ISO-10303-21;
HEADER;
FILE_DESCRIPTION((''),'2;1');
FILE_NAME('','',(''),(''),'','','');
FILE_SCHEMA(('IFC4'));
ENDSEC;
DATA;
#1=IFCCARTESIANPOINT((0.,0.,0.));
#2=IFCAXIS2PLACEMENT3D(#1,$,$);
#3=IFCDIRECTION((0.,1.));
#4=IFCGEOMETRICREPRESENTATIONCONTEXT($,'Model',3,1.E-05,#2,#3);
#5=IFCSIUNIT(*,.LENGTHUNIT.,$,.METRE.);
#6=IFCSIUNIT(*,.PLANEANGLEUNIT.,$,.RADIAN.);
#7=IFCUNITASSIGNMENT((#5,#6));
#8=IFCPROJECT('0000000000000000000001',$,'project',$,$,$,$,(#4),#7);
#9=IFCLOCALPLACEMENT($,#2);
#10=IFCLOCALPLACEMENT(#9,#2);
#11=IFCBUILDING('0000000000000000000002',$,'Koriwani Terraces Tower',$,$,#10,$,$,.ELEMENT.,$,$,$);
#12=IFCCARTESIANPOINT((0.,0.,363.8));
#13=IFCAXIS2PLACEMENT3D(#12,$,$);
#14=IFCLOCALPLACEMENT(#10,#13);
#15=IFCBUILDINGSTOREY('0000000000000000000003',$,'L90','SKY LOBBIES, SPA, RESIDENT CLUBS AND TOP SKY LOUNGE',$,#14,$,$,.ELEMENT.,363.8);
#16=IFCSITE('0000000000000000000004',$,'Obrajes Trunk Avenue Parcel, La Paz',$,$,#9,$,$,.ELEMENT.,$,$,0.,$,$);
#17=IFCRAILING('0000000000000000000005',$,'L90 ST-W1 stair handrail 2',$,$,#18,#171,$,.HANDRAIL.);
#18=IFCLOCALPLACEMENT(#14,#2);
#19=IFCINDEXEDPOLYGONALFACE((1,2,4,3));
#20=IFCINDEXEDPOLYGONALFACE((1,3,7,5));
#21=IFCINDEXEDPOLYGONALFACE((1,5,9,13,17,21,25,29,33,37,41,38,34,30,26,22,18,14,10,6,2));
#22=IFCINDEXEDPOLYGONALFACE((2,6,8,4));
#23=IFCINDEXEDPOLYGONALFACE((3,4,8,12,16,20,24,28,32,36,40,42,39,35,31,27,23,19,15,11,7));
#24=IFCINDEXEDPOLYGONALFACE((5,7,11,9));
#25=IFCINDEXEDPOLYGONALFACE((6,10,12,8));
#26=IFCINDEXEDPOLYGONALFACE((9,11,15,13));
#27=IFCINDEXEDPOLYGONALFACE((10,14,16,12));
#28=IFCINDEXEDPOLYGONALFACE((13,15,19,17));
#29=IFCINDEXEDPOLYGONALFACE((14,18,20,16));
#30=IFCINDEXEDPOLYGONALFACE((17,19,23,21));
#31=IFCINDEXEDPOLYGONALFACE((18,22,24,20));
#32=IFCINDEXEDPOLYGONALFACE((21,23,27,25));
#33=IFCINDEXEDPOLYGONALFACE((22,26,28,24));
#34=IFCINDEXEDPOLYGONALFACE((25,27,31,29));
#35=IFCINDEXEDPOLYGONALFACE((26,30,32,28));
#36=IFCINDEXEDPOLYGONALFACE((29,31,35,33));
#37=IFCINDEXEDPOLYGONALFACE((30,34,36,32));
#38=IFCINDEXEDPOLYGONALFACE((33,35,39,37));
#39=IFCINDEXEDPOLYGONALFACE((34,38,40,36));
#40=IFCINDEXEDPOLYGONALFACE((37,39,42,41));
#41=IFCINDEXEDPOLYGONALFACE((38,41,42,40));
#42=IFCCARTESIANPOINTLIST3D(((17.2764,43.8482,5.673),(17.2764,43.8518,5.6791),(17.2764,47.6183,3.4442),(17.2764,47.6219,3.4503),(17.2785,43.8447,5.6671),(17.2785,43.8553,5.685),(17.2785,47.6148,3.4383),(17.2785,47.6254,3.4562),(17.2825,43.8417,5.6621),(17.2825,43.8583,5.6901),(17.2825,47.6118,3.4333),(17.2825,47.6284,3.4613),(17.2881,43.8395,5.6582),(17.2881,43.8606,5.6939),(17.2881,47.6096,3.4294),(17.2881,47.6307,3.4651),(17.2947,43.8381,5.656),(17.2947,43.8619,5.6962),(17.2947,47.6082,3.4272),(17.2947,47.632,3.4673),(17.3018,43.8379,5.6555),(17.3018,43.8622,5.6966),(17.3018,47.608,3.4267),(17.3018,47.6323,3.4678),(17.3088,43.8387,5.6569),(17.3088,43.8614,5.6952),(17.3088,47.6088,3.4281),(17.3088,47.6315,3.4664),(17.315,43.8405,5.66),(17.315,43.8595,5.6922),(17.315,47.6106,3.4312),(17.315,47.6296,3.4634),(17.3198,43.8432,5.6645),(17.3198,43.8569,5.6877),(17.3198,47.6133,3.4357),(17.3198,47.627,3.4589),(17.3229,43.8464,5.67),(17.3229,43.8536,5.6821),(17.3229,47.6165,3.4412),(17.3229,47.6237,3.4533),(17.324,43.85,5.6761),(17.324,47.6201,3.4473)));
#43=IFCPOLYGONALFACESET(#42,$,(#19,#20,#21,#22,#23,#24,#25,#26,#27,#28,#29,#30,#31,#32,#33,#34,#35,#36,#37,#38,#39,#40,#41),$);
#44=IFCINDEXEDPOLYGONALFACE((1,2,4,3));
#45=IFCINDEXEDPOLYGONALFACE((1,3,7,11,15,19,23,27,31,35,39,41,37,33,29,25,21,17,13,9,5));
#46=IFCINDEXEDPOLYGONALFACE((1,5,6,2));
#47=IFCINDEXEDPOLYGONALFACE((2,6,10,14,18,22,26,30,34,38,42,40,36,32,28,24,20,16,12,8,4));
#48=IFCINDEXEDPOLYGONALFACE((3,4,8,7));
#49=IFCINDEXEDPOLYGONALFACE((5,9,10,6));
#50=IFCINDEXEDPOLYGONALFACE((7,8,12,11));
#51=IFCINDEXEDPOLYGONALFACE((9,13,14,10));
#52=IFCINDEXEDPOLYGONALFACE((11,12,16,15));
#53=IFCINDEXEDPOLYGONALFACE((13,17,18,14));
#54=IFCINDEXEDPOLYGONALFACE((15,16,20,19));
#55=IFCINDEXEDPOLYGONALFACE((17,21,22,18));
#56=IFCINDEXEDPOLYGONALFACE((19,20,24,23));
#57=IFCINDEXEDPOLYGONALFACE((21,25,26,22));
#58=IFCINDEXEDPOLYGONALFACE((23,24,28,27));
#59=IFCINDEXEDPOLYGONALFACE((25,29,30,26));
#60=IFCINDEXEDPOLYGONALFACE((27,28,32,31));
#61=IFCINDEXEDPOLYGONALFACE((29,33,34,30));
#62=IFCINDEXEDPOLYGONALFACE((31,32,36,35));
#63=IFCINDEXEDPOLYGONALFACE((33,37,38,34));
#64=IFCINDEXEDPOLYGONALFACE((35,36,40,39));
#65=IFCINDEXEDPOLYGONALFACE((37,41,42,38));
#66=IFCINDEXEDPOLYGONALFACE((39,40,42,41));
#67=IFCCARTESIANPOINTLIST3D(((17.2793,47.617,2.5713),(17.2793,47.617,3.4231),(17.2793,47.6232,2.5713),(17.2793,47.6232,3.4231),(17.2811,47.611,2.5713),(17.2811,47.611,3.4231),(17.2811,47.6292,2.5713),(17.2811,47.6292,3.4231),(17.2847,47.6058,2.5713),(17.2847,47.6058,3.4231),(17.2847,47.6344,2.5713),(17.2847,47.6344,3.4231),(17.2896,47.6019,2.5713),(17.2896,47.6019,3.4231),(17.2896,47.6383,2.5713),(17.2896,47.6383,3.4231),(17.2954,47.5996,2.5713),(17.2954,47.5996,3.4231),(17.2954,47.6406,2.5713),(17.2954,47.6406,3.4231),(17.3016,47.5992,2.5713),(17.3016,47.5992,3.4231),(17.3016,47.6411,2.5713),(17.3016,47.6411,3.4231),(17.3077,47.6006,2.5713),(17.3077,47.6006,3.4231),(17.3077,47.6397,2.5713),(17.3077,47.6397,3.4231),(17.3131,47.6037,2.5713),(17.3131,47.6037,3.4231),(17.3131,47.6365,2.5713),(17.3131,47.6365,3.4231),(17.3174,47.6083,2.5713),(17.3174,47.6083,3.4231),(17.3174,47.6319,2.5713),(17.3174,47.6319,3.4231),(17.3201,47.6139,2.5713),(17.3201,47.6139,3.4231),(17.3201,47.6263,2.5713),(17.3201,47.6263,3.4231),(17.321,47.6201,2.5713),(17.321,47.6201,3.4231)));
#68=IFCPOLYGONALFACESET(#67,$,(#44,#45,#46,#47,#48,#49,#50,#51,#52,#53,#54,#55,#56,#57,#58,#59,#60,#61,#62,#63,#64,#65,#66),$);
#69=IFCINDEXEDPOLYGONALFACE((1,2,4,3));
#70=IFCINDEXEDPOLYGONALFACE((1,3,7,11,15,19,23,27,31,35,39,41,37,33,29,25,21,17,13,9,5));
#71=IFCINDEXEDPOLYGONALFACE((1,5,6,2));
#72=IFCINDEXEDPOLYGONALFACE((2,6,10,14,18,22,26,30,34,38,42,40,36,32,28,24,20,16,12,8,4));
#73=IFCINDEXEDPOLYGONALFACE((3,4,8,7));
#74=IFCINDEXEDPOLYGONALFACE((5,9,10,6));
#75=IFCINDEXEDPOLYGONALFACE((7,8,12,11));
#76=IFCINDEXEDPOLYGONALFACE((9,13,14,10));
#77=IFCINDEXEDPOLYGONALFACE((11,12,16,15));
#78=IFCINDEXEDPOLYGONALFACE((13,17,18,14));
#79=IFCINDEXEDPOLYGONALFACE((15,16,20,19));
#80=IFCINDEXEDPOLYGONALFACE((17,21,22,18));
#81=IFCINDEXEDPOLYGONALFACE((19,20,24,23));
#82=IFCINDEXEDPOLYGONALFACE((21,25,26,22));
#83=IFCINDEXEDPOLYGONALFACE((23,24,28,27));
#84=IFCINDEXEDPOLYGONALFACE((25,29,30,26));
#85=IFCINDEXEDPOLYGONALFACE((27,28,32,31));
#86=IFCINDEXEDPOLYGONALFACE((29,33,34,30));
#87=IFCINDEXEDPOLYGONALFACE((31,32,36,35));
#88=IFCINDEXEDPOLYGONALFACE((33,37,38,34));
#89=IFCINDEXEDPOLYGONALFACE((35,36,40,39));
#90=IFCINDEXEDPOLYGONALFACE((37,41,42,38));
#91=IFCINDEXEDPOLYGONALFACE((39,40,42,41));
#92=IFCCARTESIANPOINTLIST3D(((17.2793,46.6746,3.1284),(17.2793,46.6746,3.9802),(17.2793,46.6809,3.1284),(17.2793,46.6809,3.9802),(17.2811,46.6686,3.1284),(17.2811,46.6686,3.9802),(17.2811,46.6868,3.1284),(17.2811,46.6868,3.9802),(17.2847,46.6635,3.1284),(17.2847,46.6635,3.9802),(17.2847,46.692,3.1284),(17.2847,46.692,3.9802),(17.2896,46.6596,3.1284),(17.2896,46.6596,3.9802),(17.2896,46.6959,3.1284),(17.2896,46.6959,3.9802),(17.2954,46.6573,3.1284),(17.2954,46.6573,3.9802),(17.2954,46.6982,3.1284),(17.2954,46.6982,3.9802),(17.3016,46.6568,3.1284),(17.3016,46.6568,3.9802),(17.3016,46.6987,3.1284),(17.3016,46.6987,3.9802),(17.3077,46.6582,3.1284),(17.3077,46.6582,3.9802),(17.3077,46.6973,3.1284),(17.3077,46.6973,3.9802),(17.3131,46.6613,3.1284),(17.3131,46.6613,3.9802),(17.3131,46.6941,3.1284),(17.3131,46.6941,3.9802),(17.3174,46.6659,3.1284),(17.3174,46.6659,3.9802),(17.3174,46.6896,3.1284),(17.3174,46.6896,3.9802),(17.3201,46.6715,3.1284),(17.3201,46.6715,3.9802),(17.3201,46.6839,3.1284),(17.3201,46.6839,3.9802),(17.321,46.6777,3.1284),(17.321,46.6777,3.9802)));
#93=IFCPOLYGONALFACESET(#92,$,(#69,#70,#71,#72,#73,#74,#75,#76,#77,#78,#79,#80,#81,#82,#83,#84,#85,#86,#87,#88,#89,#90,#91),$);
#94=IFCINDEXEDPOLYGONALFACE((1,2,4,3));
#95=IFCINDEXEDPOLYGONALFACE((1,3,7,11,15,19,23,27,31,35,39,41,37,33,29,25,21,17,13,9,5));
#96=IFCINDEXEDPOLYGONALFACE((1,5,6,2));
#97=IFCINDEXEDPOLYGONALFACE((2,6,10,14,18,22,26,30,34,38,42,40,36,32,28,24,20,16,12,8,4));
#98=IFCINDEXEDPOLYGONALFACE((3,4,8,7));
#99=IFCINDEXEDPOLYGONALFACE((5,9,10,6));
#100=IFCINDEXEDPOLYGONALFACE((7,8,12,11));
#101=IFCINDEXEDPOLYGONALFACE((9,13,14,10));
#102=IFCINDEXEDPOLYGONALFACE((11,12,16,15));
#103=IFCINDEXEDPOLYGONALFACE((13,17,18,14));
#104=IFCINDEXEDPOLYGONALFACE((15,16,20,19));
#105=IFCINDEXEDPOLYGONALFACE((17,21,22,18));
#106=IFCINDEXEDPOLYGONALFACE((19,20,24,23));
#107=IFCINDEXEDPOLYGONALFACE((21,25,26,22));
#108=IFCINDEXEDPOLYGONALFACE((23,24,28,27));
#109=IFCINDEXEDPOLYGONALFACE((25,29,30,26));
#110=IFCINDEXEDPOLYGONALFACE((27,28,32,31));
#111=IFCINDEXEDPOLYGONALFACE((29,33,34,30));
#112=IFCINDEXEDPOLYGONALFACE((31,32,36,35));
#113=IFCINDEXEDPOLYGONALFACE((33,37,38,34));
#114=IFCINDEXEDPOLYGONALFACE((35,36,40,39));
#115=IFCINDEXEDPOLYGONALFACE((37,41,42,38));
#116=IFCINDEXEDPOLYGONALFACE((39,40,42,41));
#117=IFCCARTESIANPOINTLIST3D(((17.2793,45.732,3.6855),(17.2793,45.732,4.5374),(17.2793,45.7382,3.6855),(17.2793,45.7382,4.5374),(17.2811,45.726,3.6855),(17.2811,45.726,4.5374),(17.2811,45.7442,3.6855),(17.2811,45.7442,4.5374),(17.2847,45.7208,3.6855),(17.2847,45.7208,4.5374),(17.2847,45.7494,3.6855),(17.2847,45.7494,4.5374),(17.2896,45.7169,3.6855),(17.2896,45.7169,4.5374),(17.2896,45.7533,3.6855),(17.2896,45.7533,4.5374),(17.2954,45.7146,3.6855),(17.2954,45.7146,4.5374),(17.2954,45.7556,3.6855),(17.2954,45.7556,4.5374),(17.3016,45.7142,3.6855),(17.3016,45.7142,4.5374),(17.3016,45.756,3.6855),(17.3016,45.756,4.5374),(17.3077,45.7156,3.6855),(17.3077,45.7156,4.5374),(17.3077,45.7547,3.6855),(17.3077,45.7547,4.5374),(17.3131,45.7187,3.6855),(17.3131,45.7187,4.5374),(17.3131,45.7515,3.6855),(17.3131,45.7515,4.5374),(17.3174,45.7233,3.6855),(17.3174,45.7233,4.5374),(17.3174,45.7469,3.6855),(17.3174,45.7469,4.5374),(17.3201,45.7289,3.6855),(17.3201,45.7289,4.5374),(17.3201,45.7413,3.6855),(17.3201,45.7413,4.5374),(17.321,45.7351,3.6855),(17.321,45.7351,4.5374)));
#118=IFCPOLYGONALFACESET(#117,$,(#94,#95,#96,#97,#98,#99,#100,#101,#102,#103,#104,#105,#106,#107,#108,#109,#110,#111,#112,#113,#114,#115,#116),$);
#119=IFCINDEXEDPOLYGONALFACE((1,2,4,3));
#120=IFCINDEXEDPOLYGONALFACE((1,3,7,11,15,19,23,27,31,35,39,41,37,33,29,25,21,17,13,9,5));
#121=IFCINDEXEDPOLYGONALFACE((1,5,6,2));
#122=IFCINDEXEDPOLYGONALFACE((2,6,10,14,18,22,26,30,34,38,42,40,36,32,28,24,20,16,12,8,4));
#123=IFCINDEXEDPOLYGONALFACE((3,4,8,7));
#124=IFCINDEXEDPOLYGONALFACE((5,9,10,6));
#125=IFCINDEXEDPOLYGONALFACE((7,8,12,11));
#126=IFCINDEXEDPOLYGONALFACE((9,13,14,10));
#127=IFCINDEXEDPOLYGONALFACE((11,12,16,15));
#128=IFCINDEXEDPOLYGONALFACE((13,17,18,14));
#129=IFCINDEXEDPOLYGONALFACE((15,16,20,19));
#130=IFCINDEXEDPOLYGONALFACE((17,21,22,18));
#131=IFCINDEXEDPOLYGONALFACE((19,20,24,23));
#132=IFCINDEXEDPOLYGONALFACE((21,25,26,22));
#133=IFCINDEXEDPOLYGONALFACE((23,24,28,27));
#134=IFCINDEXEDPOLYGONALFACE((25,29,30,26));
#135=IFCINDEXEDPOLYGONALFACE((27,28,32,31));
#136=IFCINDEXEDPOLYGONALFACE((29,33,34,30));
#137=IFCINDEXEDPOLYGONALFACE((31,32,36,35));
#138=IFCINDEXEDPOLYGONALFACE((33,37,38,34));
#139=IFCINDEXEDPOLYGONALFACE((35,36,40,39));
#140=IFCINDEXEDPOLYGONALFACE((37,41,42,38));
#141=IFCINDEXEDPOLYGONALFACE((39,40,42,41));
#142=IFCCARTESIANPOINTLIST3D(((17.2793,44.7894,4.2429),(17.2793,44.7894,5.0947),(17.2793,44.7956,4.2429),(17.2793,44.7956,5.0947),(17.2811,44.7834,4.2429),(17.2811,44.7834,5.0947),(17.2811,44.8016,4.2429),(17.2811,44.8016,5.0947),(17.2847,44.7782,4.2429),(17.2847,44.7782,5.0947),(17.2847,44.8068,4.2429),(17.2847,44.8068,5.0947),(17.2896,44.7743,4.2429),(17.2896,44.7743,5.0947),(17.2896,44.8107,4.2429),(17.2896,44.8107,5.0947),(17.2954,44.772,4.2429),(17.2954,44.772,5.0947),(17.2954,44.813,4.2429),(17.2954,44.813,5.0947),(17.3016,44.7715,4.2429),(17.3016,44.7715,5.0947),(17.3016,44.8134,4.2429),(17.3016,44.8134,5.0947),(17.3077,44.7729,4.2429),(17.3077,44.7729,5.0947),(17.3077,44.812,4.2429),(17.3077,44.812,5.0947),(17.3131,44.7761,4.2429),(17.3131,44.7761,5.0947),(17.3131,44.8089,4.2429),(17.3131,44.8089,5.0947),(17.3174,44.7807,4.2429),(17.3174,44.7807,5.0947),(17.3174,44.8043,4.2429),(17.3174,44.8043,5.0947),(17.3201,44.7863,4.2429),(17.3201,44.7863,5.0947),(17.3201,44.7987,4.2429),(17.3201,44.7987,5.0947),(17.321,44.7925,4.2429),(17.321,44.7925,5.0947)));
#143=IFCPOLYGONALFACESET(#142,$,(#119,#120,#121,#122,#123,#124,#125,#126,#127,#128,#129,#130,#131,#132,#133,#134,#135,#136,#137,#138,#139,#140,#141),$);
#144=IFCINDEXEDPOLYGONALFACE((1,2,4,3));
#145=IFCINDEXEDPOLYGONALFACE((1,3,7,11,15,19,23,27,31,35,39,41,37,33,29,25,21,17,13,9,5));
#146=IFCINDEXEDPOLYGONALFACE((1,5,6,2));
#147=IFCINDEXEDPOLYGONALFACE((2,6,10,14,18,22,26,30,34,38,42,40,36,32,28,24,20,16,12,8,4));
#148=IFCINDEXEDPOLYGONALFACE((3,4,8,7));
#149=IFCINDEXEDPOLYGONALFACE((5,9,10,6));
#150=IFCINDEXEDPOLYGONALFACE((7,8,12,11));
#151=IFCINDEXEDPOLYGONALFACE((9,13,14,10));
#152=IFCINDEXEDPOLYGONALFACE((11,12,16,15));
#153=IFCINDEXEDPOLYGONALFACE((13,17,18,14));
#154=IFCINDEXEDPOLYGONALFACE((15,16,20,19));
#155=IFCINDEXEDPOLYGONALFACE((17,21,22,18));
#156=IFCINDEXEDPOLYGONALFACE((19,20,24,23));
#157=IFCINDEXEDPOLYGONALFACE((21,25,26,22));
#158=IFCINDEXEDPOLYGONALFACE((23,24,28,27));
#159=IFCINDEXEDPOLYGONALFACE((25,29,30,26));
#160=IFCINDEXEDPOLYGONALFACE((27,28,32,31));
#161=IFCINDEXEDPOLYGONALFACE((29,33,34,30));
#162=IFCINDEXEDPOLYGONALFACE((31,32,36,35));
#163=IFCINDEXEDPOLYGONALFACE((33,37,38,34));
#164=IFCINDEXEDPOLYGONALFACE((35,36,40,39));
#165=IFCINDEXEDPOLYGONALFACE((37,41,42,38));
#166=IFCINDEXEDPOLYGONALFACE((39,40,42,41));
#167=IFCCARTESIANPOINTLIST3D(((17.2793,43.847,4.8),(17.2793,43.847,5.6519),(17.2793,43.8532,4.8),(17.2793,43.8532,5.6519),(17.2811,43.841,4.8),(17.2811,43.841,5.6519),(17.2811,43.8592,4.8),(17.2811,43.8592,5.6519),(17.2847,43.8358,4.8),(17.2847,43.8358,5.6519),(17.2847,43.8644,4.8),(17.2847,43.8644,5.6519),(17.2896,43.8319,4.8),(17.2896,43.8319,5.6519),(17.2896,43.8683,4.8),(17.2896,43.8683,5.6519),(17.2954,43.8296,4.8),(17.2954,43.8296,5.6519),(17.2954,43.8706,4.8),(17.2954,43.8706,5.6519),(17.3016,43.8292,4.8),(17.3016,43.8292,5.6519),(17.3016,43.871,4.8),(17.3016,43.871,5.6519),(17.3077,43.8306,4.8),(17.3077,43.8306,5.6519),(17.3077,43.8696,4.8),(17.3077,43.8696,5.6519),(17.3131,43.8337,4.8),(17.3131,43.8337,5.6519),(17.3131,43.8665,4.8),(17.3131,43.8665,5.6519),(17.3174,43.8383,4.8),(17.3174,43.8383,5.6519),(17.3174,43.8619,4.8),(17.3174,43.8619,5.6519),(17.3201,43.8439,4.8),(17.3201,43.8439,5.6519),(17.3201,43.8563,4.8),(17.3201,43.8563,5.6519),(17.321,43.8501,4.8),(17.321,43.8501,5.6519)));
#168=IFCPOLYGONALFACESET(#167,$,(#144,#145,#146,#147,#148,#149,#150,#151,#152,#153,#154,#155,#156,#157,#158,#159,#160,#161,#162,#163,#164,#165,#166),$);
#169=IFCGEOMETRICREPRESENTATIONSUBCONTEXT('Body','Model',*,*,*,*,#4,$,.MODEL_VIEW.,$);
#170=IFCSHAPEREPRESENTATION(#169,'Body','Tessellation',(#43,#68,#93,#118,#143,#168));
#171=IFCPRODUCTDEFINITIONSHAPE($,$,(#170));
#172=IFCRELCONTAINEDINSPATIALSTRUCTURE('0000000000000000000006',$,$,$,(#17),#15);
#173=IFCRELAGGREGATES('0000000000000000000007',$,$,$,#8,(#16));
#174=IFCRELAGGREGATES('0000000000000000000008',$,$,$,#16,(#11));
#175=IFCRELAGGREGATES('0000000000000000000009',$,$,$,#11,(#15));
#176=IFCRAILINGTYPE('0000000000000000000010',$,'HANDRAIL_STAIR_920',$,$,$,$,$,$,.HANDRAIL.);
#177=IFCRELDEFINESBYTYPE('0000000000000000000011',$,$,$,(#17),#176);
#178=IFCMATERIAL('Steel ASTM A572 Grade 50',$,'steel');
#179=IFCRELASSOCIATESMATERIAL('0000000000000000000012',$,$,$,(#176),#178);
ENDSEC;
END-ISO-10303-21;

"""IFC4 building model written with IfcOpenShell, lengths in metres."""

from ifc_helpers import new_model, si_unit, direction, frame, origin, origin_2d, place, context, subcontext, project, spatial, circle, extrude, material, type_object, element, save


model = new_model("IFC4")

# Units and contexts
model_context = context("Model", 3, precision=1e-05, world=origin(), true_north=direction((0.0, 1.0)))
body_context = subcontext(model_context, "Body", "Model", "MODEL_VIEW")
ifc_project = project(units=[si_unit("LENGTHUNIT", "METRE"), si_unit("PLANEANGLEUNIT", "RADIAN")], contexts=[model_context])

# Site, building, storey
site_placement = place(None, origin())
site = spatial("IfcSite", under=ifc_project, at=site_placement, Name="Obrajes Trunk Avenue Parcel, La Paz", CompositionType="ELEMENT", RefElevation=0.0)
building_placement = place(site_placement, origin())
building = spatial("IfcBuilding", under=site, at=building_placement, Name="Koriwani Terraces Tower", CompositionType="ELEMENT")
storey_placement = place(building_placement, frame((0.0, 0.0, 363.8)))
storey = spatial("IfcBuildingStorey", under=building, at=storey_placement, Name="L90", Description="SKY LOBBIES, SPA, RESIDENT CLUBS AND TOP SKY LOUNGE", CompositionType="ELEMENT", Elevation=363.8)

# Shared definitions
ifc_material_1 = material(Name="Steel ASTM A572 Grade 50", Category="steel")

# Railing
railing_type_1 = type_object("IfcRailingType", Name="HANDRAIL_STAIR_920", PredefinedType="HANDRAIL", material=ifc_material_1)
railing_1_placement = place(storey_placement, frame((17.3, 47.6201, 2.5713)))
element("IfcRailing", 1, at=railing_1_placement, inside=storey, type_object=railing_type_1, Name="L90 ST-W1 stair handrail 2", PredefinedType="HANDRAIL", context=body_context, shape_type="SweptSolid", body=[
    extrude(circle(Radius=0.0239, at=origin_2d()), frame((0.0, 0.0, 0.876), z_axis=(0.0, -0.860824, 0.508902), x_axis=(1.0, 0.0, 0.0)), (0.0, 0.0, 1.0), 4.3796),
    extrude(circle(Radius=0.021, at=origin_2d()), origin(), (0.0, 0.0, 1.0), 0.8518),
    extrude(circle(Radius=0.021, at=origin_2d()), frame((0.0, -0.9424, 0.5571)), (0.0, 0.0, 1.0), 0.8518),
    extrude(circle(Radius=0.021, at=origin_2d()), frame((0.0, -1.885, 1.1143)), (0.0, 0.0, 1.0), 0.8518),
    extrude(circle(Radius=0.021, at=origin_2d()), frame((0.0, -2.8276, 1.6716)), (0.0, 0.0, 1.0), 0.8518),
    extrude(circle(Radius=0.021, at=origin_2d()), frame((0.0, -3.77, 2.2288)), (0.0, 0.0, 1.0), 0.8518),
])

save(model, "model.ifc")
